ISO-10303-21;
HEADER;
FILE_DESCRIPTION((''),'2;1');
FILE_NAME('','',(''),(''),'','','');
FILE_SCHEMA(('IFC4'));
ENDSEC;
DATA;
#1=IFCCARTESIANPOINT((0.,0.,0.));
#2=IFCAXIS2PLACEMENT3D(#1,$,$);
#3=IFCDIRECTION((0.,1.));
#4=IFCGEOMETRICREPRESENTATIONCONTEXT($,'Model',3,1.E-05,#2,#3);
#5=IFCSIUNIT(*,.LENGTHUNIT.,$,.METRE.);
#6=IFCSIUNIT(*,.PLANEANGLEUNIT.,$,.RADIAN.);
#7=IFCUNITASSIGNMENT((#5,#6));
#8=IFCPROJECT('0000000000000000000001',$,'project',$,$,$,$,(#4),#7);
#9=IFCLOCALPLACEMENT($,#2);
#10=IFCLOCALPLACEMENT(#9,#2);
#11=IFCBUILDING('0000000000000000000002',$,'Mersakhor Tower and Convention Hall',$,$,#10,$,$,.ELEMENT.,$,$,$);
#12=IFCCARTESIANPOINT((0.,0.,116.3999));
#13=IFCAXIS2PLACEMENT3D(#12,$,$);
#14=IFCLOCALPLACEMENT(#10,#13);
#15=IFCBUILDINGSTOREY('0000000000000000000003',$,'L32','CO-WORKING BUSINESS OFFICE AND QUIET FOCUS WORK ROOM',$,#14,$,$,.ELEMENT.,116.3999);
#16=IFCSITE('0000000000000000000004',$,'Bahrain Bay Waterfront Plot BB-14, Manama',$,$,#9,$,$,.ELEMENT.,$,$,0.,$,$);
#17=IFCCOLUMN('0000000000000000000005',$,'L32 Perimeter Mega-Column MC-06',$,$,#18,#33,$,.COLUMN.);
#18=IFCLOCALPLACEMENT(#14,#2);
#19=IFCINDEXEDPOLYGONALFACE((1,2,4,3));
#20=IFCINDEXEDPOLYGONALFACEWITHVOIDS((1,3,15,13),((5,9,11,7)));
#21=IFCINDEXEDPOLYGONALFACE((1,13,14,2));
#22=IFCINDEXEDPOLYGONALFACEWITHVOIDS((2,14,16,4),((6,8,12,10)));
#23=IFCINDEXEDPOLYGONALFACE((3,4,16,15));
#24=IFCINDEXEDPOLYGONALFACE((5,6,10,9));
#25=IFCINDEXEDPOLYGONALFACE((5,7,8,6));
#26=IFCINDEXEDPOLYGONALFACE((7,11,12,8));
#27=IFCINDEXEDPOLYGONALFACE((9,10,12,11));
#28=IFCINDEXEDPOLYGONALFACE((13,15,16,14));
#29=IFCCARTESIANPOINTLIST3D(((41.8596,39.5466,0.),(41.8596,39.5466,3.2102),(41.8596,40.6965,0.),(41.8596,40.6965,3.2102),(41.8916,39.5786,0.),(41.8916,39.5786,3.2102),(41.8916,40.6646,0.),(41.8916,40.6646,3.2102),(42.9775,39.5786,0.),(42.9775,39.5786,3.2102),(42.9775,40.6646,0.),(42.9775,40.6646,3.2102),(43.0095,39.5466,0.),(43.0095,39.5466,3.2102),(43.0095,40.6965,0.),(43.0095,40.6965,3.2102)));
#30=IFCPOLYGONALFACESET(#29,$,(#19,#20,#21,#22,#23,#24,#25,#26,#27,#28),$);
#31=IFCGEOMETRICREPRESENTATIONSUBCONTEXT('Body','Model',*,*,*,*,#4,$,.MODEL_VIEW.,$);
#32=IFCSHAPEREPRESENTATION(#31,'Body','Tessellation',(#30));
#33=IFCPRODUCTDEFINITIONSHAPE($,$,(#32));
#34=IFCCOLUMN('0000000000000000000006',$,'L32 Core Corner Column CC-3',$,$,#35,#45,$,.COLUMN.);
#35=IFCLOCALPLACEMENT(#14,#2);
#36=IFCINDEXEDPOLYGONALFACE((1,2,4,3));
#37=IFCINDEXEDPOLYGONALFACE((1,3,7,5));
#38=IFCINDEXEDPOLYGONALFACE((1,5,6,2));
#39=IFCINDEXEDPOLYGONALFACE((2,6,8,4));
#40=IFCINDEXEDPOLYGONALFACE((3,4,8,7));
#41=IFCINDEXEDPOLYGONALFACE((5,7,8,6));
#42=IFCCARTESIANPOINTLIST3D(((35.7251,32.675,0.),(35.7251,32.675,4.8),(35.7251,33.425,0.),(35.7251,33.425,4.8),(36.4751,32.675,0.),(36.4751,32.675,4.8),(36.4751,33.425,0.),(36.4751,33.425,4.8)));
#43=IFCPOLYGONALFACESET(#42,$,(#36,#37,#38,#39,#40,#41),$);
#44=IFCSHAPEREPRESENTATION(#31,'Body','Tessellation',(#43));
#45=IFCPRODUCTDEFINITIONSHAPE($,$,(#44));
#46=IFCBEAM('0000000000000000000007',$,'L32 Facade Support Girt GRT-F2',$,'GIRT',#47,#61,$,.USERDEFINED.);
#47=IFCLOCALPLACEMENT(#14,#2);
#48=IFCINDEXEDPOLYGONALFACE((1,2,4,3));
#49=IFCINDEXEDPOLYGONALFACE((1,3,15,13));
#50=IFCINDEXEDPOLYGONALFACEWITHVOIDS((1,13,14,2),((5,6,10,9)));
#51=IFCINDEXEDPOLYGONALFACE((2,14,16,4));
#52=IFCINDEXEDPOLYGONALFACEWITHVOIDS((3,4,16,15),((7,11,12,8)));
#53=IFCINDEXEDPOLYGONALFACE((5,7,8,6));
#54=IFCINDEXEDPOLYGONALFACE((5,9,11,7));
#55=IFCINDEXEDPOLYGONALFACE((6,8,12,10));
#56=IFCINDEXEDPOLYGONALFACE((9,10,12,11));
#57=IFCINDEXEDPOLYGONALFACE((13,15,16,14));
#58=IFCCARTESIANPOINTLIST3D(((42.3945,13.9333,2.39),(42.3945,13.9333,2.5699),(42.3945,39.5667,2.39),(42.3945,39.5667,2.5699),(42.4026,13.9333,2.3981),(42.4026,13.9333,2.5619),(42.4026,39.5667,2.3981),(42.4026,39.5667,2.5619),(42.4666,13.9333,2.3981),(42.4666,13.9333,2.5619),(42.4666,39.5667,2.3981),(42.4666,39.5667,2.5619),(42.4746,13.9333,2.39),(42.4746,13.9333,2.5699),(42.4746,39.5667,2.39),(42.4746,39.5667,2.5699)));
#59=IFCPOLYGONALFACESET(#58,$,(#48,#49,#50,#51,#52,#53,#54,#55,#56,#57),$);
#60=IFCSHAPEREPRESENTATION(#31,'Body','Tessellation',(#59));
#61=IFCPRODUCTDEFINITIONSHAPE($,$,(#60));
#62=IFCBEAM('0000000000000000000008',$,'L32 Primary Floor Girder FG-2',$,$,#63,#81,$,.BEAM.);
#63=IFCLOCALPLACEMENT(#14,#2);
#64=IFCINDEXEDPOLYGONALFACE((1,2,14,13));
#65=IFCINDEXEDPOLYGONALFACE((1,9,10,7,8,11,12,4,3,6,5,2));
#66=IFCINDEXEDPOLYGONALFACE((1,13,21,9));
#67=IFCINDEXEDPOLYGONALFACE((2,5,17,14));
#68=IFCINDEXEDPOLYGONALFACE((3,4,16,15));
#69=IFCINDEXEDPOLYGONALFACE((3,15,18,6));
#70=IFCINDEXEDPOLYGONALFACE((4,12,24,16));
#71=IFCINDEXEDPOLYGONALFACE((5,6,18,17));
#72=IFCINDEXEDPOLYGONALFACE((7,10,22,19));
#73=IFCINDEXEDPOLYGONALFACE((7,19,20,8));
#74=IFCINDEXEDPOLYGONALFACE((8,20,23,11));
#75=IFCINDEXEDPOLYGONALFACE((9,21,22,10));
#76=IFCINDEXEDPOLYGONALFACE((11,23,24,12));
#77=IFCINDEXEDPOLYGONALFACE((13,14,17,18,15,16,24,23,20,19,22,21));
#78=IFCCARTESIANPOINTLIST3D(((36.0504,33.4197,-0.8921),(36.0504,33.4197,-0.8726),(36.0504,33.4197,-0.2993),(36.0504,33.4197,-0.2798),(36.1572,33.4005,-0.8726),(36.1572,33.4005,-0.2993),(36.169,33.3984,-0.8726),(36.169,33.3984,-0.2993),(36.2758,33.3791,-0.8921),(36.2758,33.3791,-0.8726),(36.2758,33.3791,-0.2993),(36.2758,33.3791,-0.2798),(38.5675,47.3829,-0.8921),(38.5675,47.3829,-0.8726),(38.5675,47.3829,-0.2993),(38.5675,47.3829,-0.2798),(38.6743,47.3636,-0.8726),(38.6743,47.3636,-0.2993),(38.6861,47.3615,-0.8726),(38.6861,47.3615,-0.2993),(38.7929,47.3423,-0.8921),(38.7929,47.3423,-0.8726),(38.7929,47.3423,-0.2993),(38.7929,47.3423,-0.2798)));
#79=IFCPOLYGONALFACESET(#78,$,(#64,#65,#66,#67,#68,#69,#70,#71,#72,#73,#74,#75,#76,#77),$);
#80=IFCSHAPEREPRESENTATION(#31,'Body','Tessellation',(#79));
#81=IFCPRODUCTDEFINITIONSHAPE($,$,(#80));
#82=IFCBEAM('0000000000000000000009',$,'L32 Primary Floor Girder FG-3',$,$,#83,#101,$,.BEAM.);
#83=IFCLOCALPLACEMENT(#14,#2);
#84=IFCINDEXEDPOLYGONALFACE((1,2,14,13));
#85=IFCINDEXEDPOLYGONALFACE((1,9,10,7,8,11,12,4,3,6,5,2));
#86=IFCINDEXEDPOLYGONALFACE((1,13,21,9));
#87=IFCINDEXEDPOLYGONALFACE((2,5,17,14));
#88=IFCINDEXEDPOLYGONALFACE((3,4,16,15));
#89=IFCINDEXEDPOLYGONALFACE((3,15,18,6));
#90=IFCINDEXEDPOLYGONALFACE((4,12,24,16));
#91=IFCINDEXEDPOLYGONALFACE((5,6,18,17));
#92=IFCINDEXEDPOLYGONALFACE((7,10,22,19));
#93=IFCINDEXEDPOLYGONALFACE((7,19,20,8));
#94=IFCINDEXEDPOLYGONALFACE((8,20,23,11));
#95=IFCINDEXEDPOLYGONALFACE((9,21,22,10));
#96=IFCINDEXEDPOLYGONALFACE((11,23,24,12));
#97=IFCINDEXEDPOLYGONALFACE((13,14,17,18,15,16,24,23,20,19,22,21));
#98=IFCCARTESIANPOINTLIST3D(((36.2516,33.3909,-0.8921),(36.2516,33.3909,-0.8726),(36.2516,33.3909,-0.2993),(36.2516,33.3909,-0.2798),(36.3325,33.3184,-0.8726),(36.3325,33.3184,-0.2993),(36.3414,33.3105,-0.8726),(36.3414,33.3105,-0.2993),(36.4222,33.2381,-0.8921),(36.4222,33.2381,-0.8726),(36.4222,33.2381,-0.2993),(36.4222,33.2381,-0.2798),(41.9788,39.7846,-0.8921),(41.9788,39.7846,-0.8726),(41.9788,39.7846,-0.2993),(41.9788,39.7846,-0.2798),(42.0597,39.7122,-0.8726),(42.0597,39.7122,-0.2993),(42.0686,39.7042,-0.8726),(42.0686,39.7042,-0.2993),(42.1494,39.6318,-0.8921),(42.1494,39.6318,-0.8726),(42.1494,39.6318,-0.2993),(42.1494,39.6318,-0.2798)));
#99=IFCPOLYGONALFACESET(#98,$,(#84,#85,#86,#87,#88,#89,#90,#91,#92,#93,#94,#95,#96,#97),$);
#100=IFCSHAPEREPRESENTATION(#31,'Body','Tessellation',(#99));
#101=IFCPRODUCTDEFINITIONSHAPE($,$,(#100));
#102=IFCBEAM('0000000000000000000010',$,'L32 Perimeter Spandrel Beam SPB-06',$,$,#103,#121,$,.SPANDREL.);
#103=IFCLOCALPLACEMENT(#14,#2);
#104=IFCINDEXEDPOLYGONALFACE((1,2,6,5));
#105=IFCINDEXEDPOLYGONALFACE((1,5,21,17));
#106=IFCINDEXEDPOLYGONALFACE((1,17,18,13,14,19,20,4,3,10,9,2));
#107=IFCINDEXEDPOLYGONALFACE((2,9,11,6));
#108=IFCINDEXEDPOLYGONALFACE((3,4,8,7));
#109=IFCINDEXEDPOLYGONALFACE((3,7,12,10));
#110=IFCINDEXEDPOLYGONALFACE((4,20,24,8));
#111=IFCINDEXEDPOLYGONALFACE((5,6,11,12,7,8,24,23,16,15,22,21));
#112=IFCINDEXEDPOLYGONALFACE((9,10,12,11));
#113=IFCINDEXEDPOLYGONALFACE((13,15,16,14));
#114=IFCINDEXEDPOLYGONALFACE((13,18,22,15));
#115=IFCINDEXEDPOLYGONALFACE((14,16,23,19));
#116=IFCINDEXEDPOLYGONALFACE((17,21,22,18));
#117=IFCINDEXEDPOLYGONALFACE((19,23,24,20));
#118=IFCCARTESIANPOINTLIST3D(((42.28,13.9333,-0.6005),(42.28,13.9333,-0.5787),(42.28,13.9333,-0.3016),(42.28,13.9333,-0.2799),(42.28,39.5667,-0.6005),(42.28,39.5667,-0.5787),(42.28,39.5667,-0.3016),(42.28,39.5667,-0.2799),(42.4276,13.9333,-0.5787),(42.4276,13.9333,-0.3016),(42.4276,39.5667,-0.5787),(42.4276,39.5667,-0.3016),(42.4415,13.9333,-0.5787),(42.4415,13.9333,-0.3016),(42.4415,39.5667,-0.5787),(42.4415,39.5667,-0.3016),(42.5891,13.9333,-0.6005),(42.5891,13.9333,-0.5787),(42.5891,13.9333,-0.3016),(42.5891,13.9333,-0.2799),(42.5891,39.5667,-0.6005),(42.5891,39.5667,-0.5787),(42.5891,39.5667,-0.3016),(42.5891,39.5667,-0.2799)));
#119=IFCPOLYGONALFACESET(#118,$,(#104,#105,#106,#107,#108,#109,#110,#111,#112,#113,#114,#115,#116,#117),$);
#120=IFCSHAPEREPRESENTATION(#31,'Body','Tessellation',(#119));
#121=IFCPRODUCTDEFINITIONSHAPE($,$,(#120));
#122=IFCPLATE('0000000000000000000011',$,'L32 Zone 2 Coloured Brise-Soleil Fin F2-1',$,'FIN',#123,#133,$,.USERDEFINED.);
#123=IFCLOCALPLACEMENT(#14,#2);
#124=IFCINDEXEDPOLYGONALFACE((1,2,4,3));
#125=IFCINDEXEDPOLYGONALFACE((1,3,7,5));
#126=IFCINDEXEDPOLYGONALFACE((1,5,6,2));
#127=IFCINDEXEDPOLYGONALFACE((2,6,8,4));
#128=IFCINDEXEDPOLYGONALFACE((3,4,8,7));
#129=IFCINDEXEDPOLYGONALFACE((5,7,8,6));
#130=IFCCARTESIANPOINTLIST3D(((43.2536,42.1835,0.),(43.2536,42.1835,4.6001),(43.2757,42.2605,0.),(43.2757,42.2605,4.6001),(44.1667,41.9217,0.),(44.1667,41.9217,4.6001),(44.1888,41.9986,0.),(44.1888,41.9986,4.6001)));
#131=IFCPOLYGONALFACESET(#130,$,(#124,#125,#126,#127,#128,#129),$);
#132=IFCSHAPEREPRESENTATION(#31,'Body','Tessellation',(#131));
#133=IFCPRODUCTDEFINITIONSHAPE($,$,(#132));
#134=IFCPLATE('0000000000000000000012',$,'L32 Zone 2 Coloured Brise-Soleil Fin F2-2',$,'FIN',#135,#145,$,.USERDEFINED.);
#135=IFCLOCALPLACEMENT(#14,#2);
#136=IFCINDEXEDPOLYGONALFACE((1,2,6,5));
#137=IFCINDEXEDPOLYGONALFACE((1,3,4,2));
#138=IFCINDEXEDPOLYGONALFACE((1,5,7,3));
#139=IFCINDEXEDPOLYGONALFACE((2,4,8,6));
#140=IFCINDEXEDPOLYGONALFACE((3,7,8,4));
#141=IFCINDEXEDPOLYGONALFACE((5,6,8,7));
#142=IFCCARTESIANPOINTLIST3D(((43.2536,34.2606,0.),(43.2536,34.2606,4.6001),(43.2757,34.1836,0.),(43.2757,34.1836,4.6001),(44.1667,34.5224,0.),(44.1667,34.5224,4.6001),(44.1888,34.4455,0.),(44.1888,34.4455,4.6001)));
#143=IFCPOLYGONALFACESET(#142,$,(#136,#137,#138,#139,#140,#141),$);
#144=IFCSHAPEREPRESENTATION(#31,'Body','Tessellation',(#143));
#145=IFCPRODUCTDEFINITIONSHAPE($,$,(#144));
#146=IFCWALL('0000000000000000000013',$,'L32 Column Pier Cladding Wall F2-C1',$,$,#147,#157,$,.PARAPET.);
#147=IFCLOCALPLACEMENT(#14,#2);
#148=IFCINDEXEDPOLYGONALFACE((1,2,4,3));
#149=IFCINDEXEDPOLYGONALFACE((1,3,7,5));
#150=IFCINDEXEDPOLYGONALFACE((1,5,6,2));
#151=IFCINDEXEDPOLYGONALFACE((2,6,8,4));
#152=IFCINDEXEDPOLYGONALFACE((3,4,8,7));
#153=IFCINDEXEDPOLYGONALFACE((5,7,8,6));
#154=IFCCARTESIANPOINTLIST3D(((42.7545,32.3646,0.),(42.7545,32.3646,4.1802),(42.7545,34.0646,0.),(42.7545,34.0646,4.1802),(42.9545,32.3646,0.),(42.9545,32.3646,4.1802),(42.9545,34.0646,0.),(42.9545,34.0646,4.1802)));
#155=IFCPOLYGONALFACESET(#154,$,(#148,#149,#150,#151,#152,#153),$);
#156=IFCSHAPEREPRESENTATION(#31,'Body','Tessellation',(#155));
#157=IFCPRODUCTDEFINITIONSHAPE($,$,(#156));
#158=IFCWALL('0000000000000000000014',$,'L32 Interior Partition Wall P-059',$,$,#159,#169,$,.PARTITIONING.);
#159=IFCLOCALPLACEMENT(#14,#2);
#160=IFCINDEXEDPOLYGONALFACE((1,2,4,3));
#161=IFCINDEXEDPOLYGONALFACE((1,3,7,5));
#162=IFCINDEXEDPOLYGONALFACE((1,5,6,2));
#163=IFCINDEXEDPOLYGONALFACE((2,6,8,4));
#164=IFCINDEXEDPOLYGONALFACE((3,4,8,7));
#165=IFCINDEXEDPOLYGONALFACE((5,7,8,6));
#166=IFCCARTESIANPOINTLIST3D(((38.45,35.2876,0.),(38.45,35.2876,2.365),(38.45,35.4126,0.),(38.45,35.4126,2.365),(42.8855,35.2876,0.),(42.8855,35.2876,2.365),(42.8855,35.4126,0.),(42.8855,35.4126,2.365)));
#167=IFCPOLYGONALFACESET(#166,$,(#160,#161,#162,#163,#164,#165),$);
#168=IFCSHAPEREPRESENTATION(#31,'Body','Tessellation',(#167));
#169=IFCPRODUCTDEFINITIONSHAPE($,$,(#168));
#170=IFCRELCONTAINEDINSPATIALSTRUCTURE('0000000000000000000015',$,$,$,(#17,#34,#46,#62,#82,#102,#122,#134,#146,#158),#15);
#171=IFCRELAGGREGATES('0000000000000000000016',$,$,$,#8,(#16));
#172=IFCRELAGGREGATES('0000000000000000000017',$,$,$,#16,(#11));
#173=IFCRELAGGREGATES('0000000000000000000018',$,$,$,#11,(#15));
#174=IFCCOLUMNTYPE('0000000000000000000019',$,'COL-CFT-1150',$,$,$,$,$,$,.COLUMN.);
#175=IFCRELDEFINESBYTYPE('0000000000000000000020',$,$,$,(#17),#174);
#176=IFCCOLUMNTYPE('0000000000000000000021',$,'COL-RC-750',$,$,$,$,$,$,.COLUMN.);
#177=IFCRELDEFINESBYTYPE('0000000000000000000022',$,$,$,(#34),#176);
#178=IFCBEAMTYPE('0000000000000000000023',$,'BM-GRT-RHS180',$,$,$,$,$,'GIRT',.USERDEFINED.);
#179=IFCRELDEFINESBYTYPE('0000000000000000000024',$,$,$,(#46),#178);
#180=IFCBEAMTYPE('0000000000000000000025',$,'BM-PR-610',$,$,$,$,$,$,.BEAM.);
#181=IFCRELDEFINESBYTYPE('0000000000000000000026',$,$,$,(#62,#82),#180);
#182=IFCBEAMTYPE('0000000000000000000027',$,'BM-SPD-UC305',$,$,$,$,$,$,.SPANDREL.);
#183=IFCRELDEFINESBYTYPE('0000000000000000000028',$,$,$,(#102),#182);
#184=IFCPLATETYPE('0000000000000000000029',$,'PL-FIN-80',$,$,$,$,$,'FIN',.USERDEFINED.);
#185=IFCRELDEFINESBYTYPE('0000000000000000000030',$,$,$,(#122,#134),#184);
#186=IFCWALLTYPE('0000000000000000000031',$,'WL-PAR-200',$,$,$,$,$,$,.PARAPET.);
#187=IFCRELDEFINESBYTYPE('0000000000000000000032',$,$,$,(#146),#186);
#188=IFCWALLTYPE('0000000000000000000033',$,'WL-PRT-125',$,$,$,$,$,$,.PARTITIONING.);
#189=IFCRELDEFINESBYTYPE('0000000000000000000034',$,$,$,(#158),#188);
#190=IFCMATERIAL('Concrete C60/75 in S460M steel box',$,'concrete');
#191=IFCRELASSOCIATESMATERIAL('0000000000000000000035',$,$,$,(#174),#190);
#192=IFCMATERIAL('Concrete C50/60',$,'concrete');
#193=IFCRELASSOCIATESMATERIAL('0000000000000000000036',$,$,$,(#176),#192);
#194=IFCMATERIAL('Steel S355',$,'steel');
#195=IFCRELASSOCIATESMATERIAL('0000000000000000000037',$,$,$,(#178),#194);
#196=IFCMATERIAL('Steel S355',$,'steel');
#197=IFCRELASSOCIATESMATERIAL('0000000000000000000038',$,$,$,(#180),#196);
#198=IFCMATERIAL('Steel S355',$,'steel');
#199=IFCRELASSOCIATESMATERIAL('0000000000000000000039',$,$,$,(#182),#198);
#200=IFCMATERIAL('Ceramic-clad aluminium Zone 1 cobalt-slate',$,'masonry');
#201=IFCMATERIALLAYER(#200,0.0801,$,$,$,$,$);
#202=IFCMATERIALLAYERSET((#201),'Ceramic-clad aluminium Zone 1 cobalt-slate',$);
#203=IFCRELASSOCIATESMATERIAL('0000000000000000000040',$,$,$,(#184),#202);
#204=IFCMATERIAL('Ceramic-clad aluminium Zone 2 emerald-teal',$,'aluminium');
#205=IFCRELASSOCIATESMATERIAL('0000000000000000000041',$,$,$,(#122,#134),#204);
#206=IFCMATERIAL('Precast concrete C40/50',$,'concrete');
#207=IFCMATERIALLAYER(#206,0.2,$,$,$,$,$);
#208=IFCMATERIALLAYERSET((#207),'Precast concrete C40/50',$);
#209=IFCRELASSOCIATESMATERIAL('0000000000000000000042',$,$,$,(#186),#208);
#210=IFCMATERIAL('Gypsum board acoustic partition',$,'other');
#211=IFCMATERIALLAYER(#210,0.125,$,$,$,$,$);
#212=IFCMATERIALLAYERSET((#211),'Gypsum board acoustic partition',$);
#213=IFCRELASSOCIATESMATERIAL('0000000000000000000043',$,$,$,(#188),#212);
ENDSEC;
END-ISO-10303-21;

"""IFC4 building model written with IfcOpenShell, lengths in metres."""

from ifc_helpers import new_model, si_unit, direction, frame, frame_2d, origin, origin_2d, place, context, subcontext, project, spatial, rectangle, hollow_rectangle, i_section, extrude, material, layer, layer_set, material_profile, profile_set, type_object, element, save


model = new_model("IFC4")

# Units and contexts
model_context = context("Model", 3, precision=1e-05, world=origin(), true_north=direction((0.0, 1.0)))
body_context = subcontext(model_context, "Body", "Model", "MODEL_VIEW")
ifc_project = project(units=[si_unit("LENGTHUNIT", "METRE"), si_unit("PLANEANGLEUNIT", "RADIAN")], contexts=[model_context])

# Site, building, storey
site_placement = place(None, origin())
site = spatial("IfcSite", under=ifc_project, at=site_placement, Name="Bahrain Bay Waterfront Plot BB-14, Manama", CompositionType="ELEMENT", RefElevation=0.0)
building_placement = place(site_placement, origin())
building = spatial("IfcBuilding", under=site, at=building_placement, Name="Mersakhor Tower and Convention Hall", CompositionType="ELEMENT")
storey_placement = place(building_placement, frame((0.0, 0.0, 116.3999)))
storey = spatial("IfcBuildingStorey", under=building, at=storey_placement, Name="L32", Description="CO-WORKING BUSINESS OFFICE AND QUIET FOCUS WORK ROOM", CompositionType="ELEMENT", Elevation=116.3999)

# Columns
ifc_material_1 = material(Name="Concrete C60/75 in S460M steel box", Category="concrete")
ifc_material_profile_1 = material_profile(ifc_material_1, hollow_rectangle(XDim=1.1499, YDim=1.1499, WallThickness=0.032, at=origin_2d()), Name="SHS 1150x1150x32")
ifc_profile_set_1 = profile_set([ifc_material_profile_1], Name="Concrete C60/75 in S460M steel box")
column_type_1 = type_object("IfcColumnType", Name="COL-CFT-1150", PredefinedType="COLUMN", material=ifc_profile_set_1)
column_1_placement = place(storey_placement, frame((42.4346, 40.1216, 0.0), z_axis=(0.0, 0.0, 1.0), x_axis=(1.0, 0.0, 0.0)))
element("IfcColumn", 1, at=column_1_placement, inside=storey, type_object=column_type_1, Name="L32 Perimeter Mega-Column MC-06", PredefinedType="COLUMN", context=body_context, shape_type="SweptSolid", body=[
    extrude(hollow_rectangle(XDim=1.1499, YDim=1.1499, WallThickness=0.032, at=origin_2d()), origin(), (0.0, 0.0, 1.0), 3.2102),
])
ifc_material_2 = material(Name="Concrete C50/60", Category="concrete")
ifc_material_profile_2 = material_profile(ifc_material_2, rectangle(XDim=0.75, YDim=0.75, at=origin_2d()), Name="RC 750x750")
ifc_profile_set_2 = profile_set([ifc_material_profile_2], Name="Concrete C50/60")
column_type_2 = type_object("IfcColumnType", Name="COL-RC-750", PredefinedType="COLUMN", material=ifc_profile_set_2)
column_2_placement = place(storey_placement, frame((36.1001, 33.05, 0.0), z_axis=(0.0, 0.0, 1.0), x_axis=(1.0, 0.0, 0.0)))
element("IfcColumn", 2, at=column_2_placement, inside=storey, type_object=column_type_2, Name="L32 Core Corner Column CC-3", PredefinedType="COLUMN", context=body_context, shape_type="SweptSolid", body=[
    extrude(rectangle(XDim=0.75, YDim=0.75, at=origin_2d()), origin(), (0.0, 0.0, 1.0), 4.8),
])

# Beams
ifc_material_3 = material(Name="Steel S355", Category="steel")
ifc_material_profile_3 = material_profile(ifc_material_3, hollow_rectangle(XDim=0.0801, YDim=0.1799, WallThickness=0.0081, at=origin_2d()), Name="RHS 180x80x8")
ifc_profile_set_3 = profile_set([ifc_material_profile_3], Name="Steel S355")
beam_type_1 = type_object("IfcBeamType", Name="BM-GRT-RHS180", ElementType="GIRT", PredefinedType="USERDEFINED", material=ifc_profile_set_3)
beam_1_placement = place(storey_placement, frame((42.4346, 39.5667, 2.48), z_axis=(0.0, -1.0, 0.0), x_axis=(1.0, 0.0, 0.0)))
element("IfcBeam", 3, at=beam_1_placement, inside=storey, type_object=beam_type_1, Name="L32 Facade Support Girt GRT-F2", ObjectType="GIRT", PredefinedType="USERDEFINED", context=body_context, shape_type="SweptSolid", body=[
    extrude(hollow_rectangle(XDim=0.0801, YDim=0.1799, WallThickness=0.0081, at=origin_2d()), origin(), (0.0, 0.0, 1.0), 25.6333),
])
ifc_material_4 = material(Name="Steel S355", Category="steel")
ifc_material_profile_4 = material_profile(ifc_material_4, i_section(OverallWidth=0.229, OverallDepth=0.6123, WebThickness=0.012, FlangeThickness=0.0195, at=origin_2d()), Name="UB 610x229x125")
ifc_profile_set_4 = profile_set([ifc_material_profile_4], Name="Steel S355")
beam_type_2 = type_object("IfcBeamType", Name="BM-PR-610", PredefinedType="BEAM", material=ifc_profile_set_4)
beam_2_placement = place(storey_placement, frame((36.1631, 33.3994, -0.5859), z_axis=(0.177407, 0.984138, 0.0), x_axis=(-0.984138, 0.177407, 0.0)))
element("IfcBeam", 4, at=beam_2_placement, inside=storey, type_object=beam_type_2, Name="L32 Primary Floor Girder FG-2", PredefinedType="BEAM", context=body_context, shape_type="SweptSolid", body=[
    extrude(i_section(OverallWidth=0.229, OverallDepth=0.6123, WebThickness=0.012, FlangeThickness=0.0195, at=origin_2d()), origin(), (0.0, 0.0, 1.0), 14.1882),
])
beam_3_placement = place(storey_placement, frame((36.3369, 33.3145, -0.5859), z_axis=(0.667217, 0.744863, 0.0), x_axis=(-0.744863, 0.667217, 0.0)))
element("IfcBeam", 5, at=beam_3_placement, inside=storey, type_object=beam_type_2, Name="L32 Primary Floor Girder FG-3", PredefinedType="BEAM", context=body_context, shape_type="SweptSolid", body=[
    extrude(i_section(OverallWidth=0.229, OverallDepth=0.6123, WebThickness=0.012, FlangeThickness=0.0195, at=origin_2d()), origin(), (0.0, 0.0, 1.0), 8.5837),
])
ifc_material_5 = material(Name="Steel S355", Category="steel")
ifc_material_profile_5 = material_profile(ifc_material_5, i_section(OverallWidth=0.3091, OverallDepth=0.3206, WebThickness=0.0139, FlangeThickness=0.0217, at=origin_2d()), Name="UC 305x305x137")
ifc_profile_set_5 = profile_set([ifc_material_profile_5], Name="Steel S355")
beam_type_3 = type_object("IfcBeamType", Name="BM-SPD-UC305", PredefinedType="SPANDREL", material=ifc_profile_set_5)
beam_4_placement = place(storey_placement, frame((42.4346, 39.5667, -0.4402), z_axis=(0.0, -1.0, 0.0), x_axis=(1.0, 0.0, 0.0)))
element("IfcBeam", 6, at=beam_4_placement, inside=storey, type_object=beam_type_3, Name="L32 Perimeter Spandrel Beam SPB-06", PredefinedType="SPANDREL", context=body_context, shape_type="SweptSolid", body=[
    extrude(i_section(OverallWidth=0.3091, OverallDepth=0.3206, WebThickness=0.0139, FlangeThickness=0.0217, at=origin_2d()), origin(), (0.0, 0.0, 1.0), 25.6333),
])

# Plates
ifc_material_6 = material(Name="Ceramic-clad aluminium Zone 2 emerald-teal", Category="aluminium")
ifc_material_7 = material(Name="Ceramic-clad aluminium Zone 1 cobalt-slate", Category="masonry")
ifc_layer_1 = layer(ifc_material_7, 0.0801)
ifc_layer_set_1 = layer_set([ifc_layer_1], Name="Ceramic-clad aluminium Zone 1 cobalt-slate")
plate_type = type_object("IfcPlateType", Name="PL-FIN-80", ElementType="FIN", PredefinedType="USERDEFINED", material=ifc_layer_set_1)
for number, where, z_axis, x_axis, name in (
    (7, (43.7212, 42.0911, 0.0), (0.0, 0.0, 1.0), (0.961262, -0.275637, 0.0), "L32 Zone 2 Coloured Brise-Soleil Fin F2-1"),
    (8, (43.7212, 34.353, 0.0), (0.0, 0.0, 1.0), (0.961262, 0.275637, 0.0), "L32 Zone 2 Coloured Brise-Soleil Fin F2-2"),
):
    element("IfcPlate", number, at=place(storey_placement, frame(where, z_axis=z_axis, x_axis=x_axis)), inside=storey, type_object=plate_type, material=ifc_material_6, Name=name, ObjectType="FIN", PredefinedType="USERDEFINED", context=body_context, shape_type="SweptSolid", body=[
        extrude(rectangle(XDim=0.95, YDim=0.0801, at=origin_2d()), origin(), (0.0, 0.0, 1.0), 4.6001),
    ])

# Walls
ifc_material_8 = material(Name="Precast concrete C40/50", Category="concrete")
ifc_layer_2 = layer(ifc_material_8, 0.2)
ifc_layer_set_2 = layer_set([ifc_layer_2], Name="Precast concrete C40/50")
wall_type_1 = type_object("IfcWallType", Name="WL-PAR-200", PredefinedType="PARAPET", material=ifc_layer_set_2)
wall_1_placement = place(storey_placement, frame((42.8545, 34.0647, 0.0), z_axis=(0.0, 0.0, 1.0), x_axis=(0.0, -1.0, 0.0)))
element("IfcWall", 9, at=wall_1_placement, inside=storey, type_object=wall_type_1, Name="L32 Column Pier Cladding Wall F2-C1", PredefinedType="PARAPET", context=body_context, shape_type="SweptSolid", body=[
    extrude(rectangle(XDim=1.7, YDim=0.2, at=frame_2d((0.8501, 0.0))), origin(), (0.0, 0.0, 1.0), 4.1802),
])
ifc_material_9 = material(Name="Gypsum board acoustic partition", Category="other")
ifc_layer_3 = layer(ifc_material_9, 0.125)
ifc_layer_set_3 = layer_set([ifc_layer_3], Name="Gypsum board acoustic partition")
wall_type_2 = type_object("IfcWallType", Name="WL-PRT-125", PredefinedType="PARTITIONING", material=ifc_layer_set_3)
wall_2_placement = place(storey_placement, frame((42.8855, 35.3501, 0.0), z_axis=(0.0, 0.0, 1.0), x_axis=(-1.0, 0.0, 0.0)))
element("IfcWall", 10, at=wall_2_placement, inside=storey, type_object=wall_type_2, Name="L32 Interior Partition Wall P-059", PredefinedType="PARTITIONING", context=body_context, shape_type="SweptSolid", body=[
    extrude(rectangle(XDim=4.4355, YDim=0.125, at=frame_2d((2.2178, 0.0))), origin(), (0.0, 0.0, 1.0), 2.365),
])

save(model, "model.ifc")
